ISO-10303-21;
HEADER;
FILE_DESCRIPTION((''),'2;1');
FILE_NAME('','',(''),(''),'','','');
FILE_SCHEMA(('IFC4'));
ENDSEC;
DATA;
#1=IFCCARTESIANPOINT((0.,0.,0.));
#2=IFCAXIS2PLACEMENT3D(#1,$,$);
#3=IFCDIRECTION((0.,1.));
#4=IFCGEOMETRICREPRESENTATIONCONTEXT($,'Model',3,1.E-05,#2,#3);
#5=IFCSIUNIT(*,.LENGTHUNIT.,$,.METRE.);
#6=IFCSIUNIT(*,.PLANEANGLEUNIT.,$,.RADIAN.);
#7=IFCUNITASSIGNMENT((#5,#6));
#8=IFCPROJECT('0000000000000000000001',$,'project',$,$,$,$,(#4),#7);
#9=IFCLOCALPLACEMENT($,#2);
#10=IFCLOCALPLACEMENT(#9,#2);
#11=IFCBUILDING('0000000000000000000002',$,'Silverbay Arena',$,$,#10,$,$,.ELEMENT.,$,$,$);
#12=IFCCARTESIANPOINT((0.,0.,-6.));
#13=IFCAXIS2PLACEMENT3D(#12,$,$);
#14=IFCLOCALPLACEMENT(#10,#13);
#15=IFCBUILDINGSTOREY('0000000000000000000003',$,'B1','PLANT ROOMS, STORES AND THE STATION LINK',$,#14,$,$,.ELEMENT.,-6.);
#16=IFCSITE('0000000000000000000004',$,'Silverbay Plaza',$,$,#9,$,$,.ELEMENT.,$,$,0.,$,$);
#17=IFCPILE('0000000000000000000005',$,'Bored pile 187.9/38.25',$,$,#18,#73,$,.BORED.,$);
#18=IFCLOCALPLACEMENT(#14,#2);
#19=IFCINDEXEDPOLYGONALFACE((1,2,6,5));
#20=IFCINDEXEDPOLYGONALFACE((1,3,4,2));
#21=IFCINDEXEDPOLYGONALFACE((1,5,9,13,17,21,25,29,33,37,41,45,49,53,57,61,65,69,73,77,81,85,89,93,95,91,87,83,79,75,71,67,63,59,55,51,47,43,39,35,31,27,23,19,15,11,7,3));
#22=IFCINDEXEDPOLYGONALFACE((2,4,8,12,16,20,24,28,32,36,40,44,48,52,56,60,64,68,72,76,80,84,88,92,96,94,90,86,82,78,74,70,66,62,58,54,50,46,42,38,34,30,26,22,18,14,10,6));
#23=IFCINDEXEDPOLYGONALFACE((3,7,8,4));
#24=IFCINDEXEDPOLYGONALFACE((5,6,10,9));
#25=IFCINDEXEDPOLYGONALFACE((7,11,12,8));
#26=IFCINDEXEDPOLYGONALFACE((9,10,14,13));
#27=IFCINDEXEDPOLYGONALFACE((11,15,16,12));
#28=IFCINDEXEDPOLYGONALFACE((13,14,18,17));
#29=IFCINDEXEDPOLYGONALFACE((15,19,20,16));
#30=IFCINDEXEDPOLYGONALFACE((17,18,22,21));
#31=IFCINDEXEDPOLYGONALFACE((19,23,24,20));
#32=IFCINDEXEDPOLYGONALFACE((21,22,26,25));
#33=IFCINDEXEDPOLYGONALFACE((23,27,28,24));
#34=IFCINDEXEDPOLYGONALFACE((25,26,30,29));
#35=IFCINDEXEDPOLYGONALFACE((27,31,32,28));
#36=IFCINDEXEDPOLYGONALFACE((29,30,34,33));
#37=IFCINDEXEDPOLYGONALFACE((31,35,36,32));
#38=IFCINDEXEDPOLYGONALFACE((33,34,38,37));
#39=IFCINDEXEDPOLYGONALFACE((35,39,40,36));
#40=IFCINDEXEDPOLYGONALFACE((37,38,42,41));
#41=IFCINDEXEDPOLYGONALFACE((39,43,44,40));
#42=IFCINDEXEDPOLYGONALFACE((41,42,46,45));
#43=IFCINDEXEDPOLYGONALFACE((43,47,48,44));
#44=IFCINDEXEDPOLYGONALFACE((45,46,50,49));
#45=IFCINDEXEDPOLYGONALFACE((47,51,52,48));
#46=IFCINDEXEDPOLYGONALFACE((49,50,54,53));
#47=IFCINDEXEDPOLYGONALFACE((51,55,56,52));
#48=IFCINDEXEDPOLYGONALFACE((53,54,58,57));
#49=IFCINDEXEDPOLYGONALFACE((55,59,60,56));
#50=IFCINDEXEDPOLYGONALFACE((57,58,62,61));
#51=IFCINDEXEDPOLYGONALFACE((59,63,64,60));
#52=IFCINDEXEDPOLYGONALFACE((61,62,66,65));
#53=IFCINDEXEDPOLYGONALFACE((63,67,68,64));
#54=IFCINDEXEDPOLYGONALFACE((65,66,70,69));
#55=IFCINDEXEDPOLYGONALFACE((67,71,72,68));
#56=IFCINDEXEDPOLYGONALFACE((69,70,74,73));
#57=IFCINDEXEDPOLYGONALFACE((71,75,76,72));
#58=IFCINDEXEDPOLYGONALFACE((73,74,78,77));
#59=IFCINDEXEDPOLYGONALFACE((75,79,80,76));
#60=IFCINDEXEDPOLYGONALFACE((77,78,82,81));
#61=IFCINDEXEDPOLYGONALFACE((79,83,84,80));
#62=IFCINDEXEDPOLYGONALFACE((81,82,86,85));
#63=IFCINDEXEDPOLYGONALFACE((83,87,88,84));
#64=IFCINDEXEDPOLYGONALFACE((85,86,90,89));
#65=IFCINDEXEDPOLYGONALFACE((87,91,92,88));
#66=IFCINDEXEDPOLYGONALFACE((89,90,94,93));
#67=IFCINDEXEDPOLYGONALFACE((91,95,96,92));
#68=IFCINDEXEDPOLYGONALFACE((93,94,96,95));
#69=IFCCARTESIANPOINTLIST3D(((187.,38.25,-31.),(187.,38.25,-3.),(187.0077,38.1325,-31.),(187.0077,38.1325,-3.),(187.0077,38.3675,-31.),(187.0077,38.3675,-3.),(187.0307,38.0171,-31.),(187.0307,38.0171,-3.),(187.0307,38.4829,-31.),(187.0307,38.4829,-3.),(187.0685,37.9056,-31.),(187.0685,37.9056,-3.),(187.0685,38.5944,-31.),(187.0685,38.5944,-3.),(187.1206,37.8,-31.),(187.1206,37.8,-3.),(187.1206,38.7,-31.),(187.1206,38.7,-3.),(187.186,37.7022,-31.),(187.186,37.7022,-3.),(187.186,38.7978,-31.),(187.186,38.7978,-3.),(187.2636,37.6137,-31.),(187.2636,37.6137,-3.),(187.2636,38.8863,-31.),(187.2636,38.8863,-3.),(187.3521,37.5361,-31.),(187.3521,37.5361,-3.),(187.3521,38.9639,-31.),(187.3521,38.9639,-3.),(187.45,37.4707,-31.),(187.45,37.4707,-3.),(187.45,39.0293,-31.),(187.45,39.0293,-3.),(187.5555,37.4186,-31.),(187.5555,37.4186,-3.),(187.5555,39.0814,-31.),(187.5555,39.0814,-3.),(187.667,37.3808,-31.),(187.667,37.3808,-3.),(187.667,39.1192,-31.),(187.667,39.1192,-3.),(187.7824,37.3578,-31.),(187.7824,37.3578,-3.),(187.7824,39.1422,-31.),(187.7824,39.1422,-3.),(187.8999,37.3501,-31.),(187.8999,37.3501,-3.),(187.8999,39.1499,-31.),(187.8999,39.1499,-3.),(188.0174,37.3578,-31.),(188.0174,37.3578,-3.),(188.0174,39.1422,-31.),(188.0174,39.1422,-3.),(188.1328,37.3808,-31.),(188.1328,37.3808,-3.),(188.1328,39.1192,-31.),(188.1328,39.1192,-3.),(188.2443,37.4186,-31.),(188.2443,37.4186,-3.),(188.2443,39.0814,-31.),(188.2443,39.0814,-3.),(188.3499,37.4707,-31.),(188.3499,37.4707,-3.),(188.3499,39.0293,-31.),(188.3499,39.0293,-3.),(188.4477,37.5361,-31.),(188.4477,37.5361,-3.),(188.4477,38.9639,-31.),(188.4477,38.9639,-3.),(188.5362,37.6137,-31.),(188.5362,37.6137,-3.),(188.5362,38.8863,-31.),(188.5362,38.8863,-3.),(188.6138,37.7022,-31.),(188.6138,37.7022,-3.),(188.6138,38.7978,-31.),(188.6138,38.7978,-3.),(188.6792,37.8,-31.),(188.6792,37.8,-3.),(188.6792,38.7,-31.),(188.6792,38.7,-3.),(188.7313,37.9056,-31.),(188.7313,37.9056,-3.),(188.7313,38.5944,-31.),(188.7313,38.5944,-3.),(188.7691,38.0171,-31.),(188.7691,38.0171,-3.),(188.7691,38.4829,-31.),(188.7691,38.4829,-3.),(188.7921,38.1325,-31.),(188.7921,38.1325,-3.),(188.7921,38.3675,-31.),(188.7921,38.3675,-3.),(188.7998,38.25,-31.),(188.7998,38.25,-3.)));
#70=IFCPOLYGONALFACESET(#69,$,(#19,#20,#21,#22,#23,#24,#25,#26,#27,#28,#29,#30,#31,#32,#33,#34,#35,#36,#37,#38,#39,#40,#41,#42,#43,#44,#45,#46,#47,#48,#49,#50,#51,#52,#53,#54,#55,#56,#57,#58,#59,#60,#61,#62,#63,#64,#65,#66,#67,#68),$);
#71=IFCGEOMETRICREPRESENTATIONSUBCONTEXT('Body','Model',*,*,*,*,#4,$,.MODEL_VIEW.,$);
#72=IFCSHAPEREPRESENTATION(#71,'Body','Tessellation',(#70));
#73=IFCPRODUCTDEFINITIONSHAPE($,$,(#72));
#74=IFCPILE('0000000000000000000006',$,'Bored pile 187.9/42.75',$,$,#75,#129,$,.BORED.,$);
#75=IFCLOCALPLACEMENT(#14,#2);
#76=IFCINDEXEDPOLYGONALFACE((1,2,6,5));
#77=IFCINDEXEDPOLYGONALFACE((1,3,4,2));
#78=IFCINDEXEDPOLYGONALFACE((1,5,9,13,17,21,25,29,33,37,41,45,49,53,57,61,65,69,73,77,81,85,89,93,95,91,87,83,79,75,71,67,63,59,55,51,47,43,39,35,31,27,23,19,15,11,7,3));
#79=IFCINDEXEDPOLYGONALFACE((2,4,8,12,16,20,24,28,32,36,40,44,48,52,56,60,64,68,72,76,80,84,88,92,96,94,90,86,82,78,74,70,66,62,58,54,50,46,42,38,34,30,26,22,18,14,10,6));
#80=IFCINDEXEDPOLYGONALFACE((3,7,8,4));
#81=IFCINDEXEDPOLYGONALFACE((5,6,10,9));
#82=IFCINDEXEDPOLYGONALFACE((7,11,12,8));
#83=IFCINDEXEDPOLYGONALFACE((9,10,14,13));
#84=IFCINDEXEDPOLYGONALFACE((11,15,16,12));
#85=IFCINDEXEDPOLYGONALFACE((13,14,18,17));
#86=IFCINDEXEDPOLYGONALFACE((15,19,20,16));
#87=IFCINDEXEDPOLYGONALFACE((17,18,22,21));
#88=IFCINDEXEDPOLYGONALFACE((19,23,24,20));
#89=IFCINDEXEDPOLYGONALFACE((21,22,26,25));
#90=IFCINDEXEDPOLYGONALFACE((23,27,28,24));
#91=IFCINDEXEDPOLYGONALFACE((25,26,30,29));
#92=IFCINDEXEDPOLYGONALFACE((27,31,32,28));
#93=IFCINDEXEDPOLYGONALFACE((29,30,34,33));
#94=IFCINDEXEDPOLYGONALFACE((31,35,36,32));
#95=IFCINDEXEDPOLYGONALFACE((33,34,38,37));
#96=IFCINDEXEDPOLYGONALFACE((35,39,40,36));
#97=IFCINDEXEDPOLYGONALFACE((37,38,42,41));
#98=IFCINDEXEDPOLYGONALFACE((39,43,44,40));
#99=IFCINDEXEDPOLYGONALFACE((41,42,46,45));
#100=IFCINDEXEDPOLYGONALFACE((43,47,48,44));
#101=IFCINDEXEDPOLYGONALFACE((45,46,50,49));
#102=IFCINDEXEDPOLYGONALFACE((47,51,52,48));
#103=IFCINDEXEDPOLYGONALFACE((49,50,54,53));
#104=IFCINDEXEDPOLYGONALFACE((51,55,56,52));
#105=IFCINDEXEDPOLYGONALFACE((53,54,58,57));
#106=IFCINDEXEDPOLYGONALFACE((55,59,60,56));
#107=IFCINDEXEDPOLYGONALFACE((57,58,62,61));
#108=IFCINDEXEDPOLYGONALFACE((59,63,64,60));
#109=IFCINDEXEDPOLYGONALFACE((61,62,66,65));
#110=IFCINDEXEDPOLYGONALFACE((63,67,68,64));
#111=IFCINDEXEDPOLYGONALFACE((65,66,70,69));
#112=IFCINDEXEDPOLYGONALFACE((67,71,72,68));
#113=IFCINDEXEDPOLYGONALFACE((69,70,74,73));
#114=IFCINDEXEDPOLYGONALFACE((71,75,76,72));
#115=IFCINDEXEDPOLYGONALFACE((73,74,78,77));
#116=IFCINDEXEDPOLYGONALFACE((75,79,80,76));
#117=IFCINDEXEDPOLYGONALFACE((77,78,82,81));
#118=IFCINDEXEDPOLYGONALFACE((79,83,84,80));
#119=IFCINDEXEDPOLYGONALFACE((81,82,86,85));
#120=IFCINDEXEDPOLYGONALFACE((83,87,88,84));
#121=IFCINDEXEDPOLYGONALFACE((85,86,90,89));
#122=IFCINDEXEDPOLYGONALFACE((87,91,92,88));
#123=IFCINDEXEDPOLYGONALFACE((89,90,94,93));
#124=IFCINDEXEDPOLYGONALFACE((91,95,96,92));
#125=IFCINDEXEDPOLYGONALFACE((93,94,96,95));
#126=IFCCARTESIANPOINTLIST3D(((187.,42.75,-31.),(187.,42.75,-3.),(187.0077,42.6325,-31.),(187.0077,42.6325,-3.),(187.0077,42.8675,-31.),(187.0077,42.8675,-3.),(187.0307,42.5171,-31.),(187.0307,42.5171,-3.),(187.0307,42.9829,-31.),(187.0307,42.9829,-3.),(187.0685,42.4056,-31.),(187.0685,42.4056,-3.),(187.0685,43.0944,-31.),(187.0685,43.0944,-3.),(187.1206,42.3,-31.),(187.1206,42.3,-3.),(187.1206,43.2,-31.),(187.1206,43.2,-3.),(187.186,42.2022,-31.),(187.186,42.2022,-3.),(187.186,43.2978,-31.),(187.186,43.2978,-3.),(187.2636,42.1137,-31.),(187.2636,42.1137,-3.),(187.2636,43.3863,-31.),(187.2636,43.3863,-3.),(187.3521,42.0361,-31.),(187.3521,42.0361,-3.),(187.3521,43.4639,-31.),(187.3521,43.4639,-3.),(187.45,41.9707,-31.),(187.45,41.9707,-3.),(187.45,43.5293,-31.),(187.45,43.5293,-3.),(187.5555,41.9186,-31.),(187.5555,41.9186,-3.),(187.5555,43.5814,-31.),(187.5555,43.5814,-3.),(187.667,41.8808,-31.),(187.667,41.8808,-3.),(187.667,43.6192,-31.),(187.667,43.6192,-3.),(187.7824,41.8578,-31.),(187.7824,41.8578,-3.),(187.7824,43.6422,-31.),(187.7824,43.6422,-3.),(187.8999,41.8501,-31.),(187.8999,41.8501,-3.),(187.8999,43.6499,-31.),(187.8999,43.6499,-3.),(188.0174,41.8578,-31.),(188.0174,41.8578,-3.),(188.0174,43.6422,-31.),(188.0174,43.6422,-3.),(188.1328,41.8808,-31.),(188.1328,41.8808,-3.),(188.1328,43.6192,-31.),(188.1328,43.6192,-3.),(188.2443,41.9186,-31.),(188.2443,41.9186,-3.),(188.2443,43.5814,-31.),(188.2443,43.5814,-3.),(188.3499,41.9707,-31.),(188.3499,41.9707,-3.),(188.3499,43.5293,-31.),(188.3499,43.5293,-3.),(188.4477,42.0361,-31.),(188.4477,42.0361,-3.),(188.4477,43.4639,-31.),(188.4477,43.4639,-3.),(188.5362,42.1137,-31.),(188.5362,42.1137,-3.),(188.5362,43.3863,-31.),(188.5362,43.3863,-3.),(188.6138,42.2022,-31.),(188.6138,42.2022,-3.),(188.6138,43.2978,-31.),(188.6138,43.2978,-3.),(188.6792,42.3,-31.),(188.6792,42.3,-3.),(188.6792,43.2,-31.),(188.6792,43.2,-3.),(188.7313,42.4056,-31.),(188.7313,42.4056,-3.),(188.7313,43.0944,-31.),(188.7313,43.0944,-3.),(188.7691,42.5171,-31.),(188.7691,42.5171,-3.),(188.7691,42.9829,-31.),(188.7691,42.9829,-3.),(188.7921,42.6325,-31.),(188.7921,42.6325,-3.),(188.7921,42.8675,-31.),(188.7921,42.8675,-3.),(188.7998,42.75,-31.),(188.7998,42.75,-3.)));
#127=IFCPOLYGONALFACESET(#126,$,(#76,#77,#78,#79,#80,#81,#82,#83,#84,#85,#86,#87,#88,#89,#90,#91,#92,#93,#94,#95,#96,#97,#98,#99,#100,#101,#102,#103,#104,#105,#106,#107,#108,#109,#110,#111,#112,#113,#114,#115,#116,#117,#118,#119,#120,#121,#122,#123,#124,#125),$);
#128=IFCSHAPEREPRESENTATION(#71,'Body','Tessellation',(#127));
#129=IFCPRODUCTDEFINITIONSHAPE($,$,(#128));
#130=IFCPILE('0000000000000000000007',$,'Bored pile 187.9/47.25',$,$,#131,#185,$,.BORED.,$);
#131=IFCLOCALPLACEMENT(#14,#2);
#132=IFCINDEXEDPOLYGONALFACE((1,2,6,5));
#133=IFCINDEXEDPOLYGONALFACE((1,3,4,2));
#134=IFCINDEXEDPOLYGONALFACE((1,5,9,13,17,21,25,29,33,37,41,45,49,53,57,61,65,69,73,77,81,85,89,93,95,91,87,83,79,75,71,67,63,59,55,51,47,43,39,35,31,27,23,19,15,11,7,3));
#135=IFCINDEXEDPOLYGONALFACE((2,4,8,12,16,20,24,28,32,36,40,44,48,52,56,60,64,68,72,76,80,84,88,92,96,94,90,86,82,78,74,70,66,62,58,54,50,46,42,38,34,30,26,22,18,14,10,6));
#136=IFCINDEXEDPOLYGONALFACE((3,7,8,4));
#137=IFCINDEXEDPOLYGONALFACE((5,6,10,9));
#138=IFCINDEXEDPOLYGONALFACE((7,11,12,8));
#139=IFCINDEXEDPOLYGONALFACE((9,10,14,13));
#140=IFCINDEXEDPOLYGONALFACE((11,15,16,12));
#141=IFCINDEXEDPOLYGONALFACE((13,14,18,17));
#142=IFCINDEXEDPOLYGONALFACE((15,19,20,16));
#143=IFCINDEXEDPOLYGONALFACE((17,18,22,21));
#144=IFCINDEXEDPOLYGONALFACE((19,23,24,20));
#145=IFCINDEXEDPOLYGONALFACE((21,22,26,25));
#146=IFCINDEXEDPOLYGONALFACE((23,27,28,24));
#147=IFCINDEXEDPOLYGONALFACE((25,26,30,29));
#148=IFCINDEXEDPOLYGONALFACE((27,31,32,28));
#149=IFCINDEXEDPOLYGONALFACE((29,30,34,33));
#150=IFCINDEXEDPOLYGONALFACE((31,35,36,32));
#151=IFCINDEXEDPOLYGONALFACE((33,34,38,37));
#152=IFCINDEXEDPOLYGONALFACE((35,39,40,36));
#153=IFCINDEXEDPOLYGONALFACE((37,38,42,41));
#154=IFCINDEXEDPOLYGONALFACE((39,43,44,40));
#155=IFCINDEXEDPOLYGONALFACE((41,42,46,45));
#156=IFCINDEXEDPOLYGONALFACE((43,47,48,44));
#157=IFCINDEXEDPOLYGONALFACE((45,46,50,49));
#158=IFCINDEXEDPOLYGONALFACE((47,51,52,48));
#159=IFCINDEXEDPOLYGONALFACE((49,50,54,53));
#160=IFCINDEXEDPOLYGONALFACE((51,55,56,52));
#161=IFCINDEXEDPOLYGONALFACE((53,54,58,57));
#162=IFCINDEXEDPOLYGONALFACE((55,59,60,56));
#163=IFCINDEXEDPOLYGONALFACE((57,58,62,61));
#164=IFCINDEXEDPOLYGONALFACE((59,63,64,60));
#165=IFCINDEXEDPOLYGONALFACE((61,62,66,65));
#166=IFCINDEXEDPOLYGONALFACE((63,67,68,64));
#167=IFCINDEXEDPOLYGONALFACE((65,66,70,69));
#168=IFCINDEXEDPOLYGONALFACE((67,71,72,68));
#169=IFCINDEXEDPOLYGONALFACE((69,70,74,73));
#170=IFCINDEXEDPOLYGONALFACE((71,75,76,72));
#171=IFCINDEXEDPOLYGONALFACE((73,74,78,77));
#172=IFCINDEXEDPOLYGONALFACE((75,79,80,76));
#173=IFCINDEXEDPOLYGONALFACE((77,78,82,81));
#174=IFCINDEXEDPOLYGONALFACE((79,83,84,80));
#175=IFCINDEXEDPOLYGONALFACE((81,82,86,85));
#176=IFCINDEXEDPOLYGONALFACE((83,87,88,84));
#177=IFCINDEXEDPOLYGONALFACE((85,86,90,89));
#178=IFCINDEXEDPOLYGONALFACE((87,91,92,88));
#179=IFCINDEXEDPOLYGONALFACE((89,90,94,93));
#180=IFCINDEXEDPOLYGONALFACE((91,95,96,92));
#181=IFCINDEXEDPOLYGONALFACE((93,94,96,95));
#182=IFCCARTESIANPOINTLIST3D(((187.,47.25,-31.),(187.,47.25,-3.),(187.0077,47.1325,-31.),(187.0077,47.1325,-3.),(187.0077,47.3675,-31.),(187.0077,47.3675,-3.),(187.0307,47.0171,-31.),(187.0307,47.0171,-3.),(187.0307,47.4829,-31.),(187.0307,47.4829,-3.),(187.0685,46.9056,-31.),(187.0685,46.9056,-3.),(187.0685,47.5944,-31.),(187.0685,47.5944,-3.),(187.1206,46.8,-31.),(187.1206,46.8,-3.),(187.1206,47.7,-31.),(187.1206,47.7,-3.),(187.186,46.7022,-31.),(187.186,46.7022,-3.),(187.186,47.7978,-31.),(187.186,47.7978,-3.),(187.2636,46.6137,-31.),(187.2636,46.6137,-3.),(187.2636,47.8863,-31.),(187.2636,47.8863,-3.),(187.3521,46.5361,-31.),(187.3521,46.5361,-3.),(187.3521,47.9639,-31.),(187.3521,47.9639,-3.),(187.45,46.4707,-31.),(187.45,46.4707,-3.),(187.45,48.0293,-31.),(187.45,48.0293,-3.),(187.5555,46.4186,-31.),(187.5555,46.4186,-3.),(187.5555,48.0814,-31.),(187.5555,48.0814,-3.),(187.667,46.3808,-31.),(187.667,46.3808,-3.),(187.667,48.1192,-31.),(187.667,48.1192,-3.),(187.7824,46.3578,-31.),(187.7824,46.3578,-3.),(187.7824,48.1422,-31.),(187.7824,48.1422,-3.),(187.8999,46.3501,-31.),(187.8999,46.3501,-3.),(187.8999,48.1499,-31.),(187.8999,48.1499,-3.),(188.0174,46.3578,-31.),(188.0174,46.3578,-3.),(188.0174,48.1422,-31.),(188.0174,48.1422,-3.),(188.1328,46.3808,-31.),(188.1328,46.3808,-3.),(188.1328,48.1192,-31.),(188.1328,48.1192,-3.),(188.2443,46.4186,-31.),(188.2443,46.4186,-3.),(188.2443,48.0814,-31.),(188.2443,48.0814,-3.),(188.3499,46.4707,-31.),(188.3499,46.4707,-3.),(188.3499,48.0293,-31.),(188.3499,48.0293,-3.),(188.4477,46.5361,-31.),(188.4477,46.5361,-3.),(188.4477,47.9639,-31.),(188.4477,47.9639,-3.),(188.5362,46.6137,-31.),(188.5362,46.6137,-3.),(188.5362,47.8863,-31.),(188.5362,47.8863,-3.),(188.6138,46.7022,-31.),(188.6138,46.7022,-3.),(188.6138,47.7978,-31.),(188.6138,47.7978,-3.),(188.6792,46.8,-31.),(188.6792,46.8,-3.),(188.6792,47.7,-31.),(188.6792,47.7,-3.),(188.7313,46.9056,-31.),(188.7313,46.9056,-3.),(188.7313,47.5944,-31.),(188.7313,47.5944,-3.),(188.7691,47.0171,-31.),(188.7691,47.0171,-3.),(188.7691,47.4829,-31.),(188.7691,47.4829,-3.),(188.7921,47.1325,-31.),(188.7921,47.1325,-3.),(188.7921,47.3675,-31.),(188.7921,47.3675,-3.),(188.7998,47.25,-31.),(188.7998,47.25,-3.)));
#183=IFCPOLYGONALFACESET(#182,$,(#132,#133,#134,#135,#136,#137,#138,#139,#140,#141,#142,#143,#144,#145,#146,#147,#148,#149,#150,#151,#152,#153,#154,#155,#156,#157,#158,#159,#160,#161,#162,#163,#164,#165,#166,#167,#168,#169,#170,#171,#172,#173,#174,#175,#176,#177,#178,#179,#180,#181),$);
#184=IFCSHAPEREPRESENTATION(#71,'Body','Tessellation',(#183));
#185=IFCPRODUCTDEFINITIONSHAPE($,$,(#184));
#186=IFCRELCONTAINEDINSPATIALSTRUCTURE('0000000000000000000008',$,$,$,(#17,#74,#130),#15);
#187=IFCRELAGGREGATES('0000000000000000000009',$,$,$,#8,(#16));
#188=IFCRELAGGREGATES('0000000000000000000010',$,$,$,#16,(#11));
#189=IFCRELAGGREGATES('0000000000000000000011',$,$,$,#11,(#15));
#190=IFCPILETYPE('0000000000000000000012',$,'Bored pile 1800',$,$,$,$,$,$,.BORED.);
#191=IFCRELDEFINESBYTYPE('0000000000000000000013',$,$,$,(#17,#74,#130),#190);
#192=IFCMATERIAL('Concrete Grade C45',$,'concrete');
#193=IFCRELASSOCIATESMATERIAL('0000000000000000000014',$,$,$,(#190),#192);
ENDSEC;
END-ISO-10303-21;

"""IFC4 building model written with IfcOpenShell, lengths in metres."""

from ifc_helpers import new_model, si_unit, direction, frame, origin, origin_2d, place, context, subcontext, project, spatial, circle, extrude, material, material_profile, profile_set, type_object, element, save


model = new_model("IFC4")

# Units and contexts
model_context = context("Model", 3, precision=1e-05, world=origin(), true_north=direction((0.0, 1.0)))
body_context = subcontext(model_context, "Body", "Model", "MODEL_VIEW")
ifc_project = project(units=[si_unit("LENGTHUNIT", "METRE"), si_unit("PLANEANGLEUNIT", "RADIAN")], contexts=[model_context])

# Site, building, storey
site_placement = place(None, origin())
site = spatial("IfcSite", under=ifc_project, at=site_placement, Name="Silverbay Plaza", CompositionType="ELEMENT", RefElevation=0.0)
building_placement = place(site_placement, origin())
building = spatial("IfcBuilding", under=site, at=building_placement, Name="Silverbay Arena", CompositionType="ELEMENT")
storey_placement = place(building_placement, frame((0.0, 0.0, -6.0)))
storey = spatial("IfcBuildingStorey", under=building, at=storey_placement, Name="B1", Description="PLANT ROOMS, STORES AND THE STATION LINK", CompositionType="ELEMENT", Elevation=-6.0)

# Piles
ifc_material_1 = material(Name="Concrete Grade C45", Category="concrete")
ifc_material_profile_1 = material_profile(ifc_material_1, circle(Radius=0.8999, at=origin_2d()), Name="Bored pile 1800")
ifc_profile_set_1 = profile_set([ifc_material_profile_1], Name="Concrete Grade C45")
pile_type_1 = type_object("IfcPileType", Name="Bored pile 1800", PredefinedType="BORED", material=ifc_profile_set_1)
for number, where, z_axis, x_axis, name in (
    (1, (187.8999, 38.25, -3.0), (0.0, 0.0, -1.0), (1.0, 0.0, 0.0), "Bored pile 187.9/38.25"),
    (2, (187.8999, 42.75, -3.0), (0.0, 0.0, -1.0), (1.0, 0.0, 0.0), "Bored pile 187.9/42.75"),
    (3, (187.8999, 47.25, -3.0), (0.0, 0.0, -1.0), (1.0, 0.0, 0.0), "Bored pile 187.9/47.25"),
):
    element("IfcPile", number, at=place(storey_placement, frame(where, z_axis=z_axis, x_axis=x_axis)), inside=storey, type_object=pile_type_1, Name=name, PredefinedType="BORED", context=body_context, shape_type="SweptSolid", body=[
        extrude(circle(Radius=0.8999, at=origin_2d()), origin(), (0.0, 0.0, 1.0), 28.0),
    ])

save(model, "model.ifc")
